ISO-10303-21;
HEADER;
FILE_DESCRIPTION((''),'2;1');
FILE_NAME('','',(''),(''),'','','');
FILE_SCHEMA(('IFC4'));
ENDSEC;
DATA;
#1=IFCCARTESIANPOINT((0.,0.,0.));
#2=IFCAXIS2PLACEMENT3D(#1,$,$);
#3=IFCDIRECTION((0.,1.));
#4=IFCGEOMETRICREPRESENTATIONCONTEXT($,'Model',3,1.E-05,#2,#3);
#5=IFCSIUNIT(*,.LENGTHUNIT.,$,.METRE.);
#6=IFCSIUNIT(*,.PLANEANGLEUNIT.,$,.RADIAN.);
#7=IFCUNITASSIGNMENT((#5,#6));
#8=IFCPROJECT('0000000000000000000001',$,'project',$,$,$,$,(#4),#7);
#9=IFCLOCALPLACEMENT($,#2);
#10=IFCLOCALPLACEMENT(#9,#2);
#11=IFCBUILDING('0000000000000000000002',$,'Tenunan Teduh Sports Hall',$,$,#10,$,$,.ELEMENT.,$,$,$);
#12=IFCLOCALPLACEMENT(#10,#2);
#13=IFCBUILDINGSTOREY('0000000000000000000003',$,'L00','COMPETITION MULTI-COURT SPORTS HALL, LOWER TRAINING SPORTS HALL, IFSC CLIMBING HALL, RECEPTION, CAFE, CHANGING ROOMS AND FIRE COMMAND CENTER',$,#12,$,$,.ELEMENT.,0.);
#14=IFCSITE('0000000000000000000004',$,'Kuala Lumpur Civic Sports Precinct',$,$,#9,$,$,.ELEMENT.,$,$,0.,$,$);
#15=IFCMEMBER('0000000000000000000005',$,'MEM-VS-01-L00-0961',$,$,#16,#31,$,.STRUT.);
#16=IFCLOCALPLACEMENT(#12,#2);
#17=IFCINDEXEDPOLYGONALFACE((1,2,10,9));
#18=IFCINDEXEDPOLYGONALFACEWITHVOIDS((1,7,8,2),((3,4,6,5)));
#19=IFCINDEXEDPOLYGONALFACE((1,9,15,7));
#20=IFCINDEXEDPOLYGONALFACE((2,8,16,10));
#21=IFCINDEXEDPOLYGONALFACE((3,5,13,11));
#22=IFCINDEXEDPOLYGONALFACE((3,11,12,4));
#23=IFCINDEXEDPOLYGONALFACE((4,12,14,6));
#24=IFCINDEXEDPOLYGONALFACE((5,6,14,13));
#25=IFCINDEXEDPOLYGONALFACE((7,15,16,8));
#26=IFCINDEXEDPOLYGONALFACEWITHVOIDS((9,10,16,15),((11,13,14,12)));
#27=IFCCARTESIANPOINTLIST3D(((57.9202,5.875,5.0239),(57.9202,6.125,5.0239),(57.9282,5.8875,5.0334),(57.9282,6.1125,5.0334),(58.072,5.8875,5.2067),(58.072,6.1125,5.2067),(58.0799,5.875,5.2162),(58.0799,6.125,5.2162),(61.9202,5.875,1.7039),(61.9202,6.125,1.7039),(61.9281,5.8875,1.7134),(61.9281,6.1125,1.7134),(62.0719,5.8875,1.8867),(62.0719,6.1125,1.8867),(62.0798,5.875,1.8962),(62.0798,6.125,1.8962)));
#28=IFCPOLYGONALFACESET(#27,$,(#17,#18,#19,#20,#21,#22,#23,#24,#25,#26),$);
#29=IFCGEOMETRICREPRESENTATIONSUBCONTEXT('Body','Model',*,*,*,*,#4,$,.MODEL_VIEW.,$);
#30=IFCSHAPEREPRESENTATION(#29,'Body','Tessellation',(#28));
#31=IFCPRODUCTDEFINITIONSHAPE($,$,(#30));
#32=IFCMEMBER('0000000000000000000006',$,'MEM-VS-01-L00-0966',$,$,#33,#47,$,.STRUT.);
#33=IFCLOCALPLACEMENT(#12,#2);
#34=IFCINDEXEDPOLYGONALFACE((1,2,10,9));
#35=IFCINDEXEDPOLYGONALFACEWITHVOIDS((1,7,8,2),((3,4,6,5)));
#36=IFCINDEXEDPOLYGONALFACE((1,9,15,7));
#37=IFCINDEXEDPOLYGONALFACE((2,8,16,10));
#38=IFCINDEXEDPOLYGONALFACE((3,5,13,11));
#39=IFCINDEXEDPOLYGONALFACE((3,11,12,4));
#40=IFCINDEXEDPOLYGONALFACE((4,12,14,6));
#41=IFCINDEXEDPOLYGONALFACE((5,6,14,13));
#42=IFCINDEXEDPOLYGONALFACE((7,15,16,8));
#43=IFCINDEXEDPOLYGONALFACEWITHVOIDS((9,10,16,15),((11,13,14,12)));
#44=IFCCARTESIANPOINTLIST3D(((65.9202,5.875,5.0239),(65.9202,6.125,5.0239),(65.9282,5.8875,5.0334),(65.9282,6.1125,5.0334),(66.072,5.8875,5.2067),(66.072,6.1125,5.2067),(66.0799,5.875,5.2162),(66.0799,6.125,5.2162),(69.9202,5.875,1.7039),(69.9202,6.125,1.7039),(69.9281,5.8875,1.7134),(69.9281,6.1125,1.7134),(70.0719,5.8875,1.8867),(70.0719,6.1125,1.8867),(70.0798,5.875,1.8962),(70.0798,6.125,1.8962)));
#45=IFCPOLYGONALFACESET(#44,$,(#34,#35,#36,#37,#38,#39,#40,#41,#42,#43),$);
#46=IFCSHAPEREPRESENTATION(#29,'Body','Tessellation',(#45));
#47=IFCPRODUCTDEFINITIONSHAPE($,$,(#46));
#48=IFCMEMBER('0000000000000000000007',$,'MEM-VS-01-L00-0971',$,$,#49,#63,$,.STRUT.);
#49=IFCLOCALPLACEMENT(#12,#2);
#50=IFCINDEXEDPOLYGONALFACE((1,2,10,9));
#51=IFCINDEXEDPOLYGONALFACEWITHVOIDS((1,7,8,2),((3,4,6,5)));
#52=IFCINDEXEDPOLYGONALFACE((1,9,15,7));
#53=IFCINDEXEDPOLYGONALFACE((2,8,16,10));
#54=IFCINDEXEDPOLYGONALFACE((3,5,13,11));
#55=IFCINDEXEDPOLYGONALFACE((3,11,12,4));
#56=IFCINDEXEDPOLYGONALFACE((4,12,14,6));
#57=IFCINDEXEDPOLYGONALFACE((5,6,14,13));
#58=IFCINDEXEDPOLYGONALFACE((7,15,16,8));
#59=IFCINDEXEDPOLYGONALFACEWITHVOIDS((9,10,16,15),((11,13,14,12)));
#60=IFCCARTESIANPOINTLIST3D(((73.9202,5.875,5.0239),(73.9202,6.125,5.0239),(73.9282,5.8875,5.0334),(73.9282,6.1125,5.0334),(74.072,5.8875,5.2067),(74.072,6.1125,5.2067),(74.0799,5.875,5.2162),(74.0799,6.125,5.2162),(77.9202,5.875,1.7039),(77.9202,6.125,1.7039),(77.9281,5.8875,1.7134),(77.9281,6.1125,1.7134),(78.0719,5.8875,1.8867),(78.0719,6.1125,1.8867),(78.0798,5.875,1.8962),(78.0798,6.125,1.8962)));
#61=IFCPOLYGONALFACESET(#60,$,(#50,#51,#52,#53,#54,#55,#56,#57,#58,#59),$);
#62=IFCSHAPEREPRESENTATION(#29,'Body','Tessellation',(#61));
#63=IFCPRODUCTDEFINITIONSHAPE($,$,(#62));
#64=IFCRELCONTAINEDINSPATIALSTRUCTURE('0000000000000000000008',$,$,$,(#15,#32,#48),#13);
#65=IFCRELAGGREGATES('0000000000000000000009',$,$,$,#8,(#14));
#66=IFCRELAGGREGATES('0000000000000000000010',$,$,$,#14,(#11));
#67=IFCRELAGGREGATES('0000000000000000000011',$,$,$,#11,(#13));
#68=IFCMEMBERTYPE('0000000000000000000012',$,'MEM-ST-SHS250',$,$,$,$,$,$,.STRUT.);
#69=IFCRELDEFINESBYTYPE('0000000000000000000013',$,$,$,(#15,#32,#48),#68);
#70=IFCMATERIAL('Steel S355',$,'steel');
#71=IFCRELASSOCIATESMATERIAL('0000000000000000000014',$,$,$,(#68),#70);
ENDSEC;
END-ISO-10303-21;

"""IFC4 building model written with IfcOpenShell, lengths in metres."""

from ifc_helpers import new_model, si_unit, direction, frame, origin, origin_2d, place, context, subcontext, project, spatial, hollow_rectangle, extrude, material, material_profile, profile_set, type_object, element, save


model = new_model("IFC4")

# Units and contexts
model_context = context("Model", 3, precision=1e-05, world=origin(), true_north=direction((0.0, 1.0)))
body_context = subcontext(model_context, "Body", "Model", "MODEL_VIEW")
ifc_project = project(units=[si_unit("LENGTHUNIT", "METRE"), si_unit("PLANEANGLEUNIT", "RADIAN")], contexts=[model_context])

# Site, building, storey
site_placement = place(None, origin())
site = spatial("IfcSite", under=ifc_project, at=site_placement, Name="Kuala Lumpur Civic Sports Precinct", CompositionType="ELEMENT", RefElevation=0.0)
building_placement = place(site_placement, origin())
building = spatial("IfcBuilding", under=site, at=building_placement, Name="Tenunan Teduh Sports Hall", CompositionType="ELEMENT")
storey_placement = place(building_placement, origin())
storey = spatial("IfcBuildingStorey", under=building, at=storey_placement, Name="L00", Description="COMPETITION MULTI-COURT SPORTS HALL, LOWER TRAINING SPORTS HALL, IFSC CLIMBING HALL, RECEPTION, CAFE, CHANGING ROOMS AND FIRE COMMAND CENTER", CompositionType="ELEMENT", Elevation=0.0)

# Members
ifc_material_1 = material(Name="Steel S355", Category="steel")
ifc_material_profile_1 = material_profile(ifc_material_1, hollow_rectangle(XDim=0.25, YDim=0.25, WallThickness=0.0125, at=origin_2d()), Name="SHS 250x250x12.5")
ifc_profile_set_1 = profile_set([ifc_material_profile_1], Name="Steel S355")
member_type_1 = type_object("IfcMemberType", Name="MEM-ST-SHS250", PredefinedType="STRUT", material=ifc_profile_set_1)
for number, where, z_axis, x_axis, name in (
    (1, (62.0, 6.0, 1.8), (-0.769475, 0.0, 0.638677), (0.0, -1.0, 0.0), "MEM-VS-01-L00-0961"),
    (2, (70.0, 6.0, 1.8), (-0.769475, 0.0, 0.638677), (0.0, -1.0, 0.0), "MEM-VS-01-L00-0966"),
    (3, (78.0, 6.0, 1.8), (-0.769475, 0.0, 0.638677), (0.0, -1.0, 0.0), "MEM-VS-01-L00-0971"),
):
    element("IfcMember", number, at=place(storey_placement, frame(where, z_axis=z_axis, x_axis=x_axis)), inside=storey, type_object=member_type_1, Name=name, PredefinedType="STRUT", context=body_context, shape_type="SweptSolid", body=[
        extrude(hollow_rectangle(XDim=0.25, YDim=0.25, WallThickness=0.0125, at=origin_2d()), origin(), (0.0, 0.0, 1.0), 5.1982),
    ])

save(model, "model.ifc")
